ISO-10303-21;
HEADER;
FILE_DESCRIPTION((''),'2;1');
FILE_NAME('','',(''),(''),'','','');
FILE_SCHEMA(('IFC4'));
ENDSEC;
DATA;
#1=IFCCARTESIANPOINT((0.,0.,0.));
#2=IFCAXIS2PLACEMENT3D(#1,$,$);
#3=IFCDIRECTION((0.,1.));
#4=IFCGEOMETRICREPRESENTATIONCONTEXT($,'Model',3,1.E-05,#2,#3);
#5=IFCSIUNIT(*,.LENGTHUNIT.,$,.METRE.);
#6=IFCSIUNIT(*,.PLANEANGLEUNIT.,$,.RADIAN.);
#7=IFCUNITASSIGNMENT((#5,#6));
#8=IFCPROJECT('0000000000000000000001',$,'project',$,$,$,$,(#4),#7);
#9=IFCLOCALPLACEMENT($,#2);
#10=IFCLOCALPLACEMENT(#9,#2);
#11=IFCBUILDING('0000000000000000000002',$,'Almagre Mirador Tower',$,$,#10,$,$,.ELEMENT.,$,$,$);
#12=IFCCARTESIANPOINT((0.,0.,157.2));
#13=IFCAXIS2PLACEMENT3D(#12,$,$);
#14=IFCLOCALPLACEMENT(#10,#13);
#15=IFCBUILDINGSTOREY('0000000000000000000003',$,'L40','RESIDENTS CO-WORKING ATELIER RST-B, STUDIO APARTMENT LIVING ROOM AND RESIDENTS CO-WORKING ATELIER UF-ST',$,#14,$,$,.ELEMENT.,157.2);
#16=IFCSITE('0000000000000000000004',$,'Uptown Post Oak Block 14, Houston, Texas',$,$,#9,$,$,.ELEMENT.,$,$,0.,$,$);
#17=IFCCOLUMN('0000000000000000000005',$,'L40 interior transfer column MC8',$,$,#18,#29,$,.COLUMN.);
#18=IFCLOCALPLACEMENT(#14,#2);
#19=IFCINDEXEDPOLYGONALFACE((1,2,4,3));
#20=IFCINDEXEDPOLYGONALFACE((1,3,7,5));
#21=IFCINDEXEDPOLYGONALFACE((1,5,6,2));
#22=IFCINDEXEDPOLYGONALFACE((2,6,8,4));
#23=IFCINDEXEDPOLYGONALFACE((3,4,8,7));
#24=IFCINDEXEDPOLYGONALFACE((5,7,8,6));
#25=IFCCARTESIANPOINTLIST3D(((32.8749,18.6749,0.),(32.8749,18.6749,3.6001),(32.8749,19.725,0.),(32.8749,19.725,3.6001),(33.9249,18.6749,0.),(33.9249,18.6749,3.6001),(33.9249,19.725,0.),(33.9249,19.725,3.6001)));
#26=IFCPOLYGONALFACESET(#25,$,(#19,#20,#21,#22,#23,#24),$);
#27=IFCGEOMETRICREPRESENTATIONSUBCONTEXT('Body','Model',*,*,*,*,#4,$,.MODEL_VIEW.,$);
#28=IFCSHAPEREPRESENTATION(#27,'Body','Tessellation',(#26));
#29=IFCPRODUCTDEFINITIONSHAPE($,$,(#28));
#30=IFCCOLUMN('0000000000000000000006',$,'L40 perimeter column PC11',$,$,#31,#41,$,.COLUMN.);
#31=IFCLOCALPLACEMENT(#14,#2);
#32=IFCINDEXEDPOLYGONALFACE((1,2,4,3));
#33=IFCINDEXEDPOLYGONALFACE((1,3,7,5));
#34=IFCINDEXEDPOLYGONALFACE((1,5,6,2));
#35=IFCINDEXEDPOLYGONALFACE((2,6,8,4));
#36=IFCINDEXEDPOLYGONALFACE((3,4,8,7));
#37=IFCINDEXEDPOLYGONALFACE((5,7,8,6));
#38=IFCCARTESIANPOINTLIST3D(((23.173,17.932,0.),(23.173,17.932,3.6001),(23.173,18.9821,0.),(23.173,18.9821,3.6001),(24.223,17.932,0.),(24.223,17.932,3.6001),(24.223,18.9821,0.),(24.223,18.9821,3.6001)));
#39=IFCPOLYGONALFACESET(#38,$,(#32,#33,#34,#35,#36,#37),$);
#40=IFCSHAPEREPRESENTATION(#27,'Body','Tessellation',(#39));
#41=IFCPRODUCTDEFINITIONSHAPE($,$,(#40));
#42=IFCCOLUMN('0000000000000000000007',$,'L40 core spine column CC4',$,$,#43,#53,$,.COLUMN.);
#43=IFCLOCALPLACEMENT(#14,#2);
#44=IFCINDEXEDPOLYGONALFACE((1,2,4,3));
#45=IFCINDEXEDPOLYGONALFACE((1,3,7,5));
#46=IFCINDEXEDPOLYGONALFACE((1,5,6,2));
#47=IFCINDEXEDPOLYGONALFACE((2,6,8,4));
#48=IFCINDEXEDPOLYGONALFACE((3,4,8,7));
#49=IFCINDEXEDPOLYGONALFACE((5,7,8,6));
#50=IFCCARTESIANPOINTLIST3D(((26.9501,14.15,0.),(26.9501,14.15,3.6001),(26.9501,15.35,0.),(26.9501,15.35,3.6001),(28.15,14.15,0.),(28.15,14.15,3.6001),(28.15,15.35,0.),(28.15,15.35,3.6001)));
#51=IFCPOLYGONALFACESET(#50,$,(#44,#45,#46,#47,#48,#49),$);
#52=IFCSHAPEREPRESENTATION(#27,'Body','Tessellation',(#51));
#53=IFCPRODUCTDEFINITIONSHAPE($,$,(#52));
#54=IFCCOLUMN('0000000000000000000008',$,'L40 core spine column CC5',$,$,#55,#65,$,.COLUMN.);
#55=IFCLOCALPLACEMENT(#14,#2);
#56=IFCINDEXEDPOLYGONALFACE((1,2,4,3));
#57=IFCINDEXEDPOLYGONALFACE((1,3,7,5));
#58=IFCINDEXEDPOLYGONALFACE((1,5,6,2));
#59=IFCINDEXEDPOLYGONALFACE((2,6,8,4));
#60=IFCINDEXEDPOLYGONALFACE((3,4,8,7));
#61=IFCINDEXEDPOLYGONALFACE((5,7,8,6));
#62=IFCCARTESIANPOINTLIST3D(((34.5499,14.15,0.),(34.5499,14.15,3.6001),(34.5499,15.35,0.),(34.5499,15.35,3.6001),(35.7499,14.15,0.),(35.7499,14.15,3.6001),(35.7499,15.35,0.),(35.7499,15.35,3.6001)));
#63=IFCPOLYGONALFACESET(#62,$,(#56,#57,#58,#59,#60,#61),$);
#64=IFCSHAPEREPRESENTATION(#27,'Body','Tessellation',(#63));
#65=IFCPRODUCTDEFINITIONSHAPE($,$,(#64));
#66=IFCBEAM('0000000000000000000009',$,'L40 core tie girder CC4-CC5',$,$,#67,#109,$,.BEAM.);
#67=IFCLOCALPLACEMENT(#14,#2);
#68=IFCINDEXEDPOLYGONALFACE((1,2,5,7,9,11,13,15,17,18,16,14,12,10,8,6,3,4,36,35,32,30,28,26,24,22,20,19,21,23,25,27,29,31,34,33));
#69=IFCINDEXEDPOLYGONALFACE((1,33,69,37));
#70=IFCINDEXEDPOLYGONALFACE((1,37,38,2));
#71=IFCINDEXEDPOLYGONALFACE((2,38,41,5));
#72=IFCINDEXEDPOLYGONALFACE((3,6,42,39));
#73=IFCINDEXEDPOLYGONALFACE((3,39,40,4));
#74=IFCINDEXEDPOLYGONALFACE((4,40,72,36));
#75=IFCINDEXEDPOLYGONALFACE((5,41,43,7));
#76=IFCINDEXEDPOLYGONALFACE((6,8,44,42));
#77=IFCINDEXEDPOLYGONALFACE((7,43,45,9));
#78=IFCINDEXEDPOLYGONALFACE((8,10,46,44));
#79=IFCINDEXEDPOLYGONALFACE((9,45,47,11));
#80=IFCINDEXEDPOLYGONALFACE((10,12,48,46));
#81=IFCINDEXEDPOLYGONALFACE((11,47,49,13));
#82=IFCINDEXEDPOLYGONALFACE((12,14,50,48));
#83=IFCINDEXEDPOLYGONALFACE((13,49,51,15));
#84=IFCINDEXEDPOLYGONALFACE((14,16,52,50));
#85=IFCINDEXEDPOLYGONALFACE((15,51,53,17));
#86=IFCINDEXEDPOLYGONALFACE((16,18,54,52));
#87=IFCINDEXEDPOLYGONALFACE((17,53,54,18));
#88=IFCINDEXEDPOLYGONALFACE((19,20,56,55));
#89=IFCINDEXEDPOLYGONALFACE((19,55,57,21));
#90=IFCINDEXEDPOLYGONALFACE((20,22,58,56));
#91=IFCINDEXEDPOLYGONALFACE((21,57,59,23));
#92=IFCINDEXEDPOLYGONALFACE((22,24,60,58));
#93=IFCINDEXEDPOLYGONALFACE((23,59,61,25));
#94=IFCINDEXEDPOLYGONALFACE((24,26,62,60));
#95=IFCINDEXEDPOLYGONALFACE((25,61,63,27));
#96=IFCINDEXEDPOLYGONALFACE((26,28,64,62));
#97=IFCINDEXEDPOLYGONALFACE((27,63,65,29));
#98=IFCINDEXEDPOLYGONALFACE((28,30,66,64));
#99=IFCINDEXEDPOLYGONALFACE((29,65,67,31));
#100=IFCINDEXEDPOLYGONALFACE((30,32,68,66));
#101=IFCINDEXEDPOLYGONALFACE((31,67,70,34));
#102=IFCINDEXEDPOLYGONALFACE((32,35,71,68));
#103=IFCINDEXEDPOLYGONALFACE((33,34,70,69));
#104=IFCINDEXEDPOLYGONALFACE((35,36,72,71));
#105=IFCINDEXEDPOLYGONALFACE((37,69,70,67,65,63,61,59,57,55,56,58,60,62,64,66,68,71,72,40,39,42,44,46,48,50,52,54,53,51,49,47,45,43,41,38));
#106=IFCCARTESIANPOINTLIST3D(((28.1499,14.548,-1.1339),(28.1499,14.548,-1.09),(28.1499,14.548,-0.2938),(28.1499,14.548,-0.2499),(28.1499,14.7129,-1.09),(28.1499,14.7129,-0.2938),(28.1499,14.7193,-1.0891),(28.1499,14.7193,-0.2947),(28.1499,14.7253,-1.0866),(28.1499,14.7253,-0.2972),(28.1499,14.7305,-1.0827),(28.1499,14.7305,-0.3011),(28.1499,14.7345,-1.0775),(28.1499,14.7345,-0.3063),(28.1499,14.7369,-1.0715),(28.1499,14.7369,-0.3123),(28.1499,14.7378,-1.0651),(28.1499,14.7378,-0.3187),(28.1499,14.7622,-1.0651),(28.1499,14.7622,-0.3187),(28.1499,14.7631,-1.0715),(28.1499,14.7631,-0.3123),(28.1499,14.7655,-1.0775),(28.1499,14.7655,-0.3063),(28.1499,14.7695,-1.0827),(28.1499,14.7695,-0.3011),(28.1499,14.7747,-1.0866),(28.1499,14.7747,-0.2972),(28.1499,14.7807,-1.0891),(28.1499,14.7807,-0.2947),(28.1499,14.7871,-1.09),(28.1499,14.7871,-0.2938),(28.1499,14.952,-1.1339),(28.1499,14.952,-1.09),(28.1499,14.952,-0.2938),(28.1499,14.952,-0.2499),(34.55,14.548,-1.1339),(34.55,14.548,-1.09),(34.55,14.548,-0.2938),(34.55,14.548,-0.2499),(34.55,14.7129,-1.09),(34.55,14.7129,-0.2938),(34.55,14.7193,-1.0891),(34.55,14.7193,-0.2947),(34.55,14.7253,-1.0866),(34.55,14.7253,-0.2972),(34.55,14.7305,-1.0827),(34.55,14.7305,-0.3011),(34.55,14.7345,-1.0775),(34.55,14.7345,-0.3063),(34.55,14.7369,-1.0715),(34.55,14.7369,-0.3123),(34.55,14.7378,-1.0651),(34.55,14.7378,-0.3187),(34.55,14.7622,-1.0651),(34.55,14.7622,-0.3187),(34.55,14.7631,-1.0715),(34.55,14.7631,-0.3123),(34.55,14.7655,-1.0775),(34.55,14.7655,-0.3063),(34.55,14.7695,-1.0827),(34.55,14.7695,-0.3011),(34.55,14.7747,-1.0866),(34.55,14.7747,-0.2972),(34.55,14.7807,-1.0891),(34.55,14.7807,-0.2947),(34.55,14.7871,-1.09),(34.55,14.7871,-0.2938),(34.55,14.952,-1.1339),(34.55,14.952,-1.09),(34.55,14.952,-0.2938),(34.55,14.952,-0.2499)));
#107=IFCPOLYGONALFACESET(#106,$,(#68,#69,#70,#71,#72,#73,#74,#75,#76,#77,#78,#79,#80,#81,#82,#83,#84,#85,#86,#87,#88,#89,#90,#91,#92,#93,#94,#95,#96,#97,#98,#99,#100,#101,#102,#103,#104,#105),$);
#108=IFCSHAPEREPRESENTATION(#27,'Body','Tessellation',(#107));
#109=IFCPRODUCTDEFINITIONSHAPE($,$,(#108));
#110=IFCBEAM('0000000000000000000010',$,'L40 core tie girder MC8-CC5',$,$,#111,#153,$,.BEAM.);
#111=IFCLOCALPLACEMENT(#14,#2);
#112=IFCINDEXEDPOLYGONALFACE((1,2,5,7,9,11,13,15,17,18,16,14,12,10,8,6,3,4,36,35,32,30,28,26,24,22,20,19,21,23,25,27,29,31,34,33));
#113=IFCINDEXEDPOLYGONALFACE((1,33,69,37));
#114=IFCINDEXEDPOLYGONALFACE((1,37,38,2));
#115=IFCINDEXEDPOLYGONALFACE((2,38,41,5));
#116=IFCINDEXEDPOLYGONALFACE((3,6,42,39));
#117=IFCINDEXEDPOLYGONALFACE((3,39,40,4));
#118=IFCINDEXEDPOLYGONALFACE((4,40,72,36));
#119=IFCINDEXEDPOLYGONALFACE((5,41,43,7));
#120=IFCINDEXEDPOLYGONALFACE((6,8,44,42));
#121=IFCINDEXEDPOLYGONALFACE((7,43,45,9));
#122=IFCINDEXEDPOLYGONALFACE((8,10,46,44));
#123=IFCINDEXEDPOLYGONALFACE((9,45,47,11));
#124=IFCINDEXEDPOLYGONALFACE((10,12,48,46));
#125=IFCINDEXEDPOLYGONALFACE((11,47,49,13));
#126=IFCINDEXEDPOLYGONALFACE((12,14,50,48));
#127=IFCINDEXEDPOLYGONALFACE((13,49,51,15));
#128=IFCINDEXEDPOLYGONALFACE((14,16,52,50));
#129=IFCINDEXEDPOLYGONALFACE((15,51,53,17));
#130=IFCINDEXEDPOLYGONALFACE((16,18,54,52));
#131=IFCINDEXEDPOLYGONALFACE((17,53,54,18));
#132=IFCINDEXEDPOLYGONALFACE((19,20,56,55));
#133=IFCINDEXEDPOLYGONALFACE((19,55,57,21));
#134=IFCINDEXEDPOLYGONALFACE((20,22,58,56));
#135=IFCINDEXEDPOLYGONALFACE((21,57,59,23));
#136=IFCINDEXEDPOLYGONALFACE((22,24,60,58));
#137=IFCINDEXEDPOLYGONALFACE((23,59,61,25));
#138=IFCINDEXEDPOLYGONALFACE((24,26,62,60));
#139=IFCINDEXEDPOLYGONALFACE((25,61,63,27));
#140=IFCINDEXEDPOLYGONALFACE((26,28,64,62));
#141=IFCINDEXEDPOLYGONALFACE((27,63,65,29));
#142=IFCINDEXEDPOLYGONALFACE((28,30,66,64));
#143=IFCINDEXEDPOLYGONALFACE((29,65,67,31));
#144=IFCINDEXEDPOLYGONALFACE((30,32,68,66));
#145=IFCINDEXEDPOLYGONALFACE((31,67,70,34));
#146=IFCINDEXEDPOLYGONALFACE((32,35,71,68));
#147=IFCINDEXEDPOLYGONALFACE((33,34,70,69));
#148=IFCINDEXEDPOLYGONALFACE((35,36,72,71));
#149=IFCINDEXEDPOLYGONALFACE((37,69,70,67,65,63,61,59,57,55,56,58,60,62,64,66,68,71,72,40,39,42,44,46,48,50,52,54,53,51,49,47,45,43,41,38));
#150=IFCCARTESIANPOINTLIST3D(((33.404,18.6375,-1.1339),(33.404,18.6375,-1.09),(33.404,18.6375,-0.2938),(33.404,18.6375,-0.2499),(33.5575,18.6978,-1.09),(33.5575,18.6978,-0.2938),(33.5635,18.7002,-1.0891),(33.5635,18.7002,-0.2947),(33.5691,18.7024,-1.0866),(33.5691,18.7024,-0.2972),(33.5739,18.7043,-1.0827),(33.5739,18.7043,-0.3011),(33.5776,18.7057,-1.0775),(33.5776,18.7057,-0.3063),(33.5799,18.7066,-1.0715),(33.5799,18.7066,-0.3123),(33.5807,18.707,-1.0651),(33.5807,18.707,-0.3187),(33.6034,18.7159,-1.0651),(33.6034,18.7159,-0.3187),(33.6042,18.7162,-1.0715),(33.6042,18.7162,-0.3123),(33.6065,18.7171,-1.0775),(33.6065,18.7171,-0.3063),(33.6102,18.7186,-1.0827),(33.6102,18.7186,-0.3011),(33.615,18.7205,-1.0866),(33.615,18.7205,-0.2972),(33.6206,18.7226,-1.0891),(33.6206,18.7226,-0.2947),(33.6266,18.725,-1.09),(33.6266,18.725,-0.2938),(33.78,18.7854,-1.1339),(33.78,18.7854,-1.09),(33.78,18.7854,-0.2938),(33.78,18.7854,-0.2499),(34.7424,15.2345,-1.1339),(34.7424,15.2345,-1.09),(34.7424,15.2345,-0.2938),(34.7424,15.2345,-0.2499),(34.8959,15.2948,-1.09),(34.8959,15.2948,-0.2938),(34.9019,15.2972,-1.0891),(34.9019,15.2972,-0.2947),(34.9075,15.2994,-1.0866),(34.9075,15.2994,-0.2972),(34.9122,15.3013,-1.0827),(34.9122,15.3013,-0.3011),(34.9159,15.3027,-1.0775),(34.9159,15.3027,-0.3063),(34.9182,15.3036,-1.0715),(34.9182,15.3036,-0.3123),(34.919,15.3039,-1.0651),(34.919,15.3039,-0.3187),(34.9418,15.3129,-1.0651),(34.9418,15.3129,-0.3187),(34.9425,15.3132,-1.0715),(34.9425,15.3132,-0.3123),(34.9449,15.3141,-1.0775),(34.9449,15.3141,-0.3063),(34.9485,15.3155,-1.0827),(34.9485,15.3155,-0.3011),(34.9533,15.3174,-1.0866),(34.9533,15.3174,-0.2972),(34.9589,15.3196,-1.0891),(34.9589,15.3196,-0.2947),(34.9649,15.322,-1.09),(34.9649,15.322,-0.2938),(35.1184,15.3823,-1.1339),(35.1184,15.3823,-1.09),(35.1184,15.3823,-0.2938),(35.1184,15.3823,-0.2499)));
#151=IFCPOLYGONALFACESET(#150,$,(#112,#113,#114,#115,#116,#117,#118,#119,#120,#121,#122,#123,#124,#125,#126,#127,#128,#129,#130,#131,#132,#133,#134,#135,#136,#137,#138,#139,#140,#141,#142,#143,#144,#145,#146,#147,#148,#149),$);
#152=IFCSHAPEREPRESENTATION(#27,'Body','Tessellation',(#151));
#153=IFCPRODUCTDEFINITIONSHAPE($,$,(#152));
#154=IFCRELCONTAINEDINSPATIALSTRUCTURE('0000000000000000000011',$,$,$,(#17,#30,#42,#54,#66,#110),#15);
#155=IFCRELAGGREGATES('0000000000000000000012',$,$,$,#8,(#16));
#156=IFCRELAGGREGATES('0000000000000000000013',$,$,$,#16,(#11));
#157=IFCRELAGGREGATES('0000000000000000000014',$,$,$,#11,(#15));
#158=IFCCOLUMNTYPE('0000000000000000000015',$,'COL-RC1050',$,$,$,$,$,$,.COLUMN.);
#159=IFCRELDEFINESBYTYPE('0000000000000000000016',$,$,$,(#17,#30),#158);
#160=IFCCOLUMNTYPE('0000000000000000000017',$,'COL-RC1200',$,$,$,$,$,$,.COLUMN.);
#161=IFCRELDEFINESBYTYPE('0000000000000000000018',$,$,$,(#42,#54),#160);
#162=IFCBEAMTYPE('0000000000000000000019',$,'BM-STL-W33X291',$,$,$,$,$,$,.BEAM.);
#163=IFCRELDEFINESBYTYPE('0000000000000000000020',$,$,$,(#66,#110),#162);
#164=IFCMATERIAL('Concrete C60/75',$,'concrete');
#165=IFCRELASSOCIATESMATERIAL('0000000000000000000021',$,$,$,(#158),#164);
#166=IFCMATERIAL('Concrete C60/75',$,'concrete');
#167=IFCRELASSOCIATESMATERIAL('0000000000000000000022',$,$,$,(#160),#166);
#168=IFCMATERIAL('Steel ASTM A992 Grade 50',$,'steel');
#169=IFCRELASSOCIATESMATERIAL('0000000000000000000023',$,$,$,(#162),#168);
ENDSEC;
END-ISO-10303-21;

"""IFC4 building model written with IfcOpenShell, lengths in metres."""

from ifc_helpers import new_model, si_unit, direction, frame, origin, origin_2d, place, context, subcontext, project, spatial, rectangle, i_section, extrude, material, material_profile, profile_set, type_object, element, save


model = new_model("IFC4")

# Units and contexts
model_context = context("Model", 3, precision=1e-05, world=origin(), true_north=direction((0.0, 1.0)))
body_context = subcontext(model_context, "Body", "Model", "MODEL_VIEW")
ifc_project = project(units=[si_unit("LENGTHUNIT", "METRE"), si_unit("PLANEANGLEUNIT", "RADIAN")], contexts=[model_context])

# Site, building, storey
site_placement = place(None, origin())
site = spatial("IfcSite", under=ifc_project, at=site_placement, Name="Uptown Post Oak Block 14, Houston, Texas", CompositionType="ELEMENT", RefElevation=0.0)
building_placement = place(site_placement, origin())
building = spatial("IfcBuilding", under=site, at=building_placement, Name="Almagre Mirador Tower", CompositionType="ELEMENT")
storey_placement = place(building_placement, frame((0.0, 0.0, 157.2)))
storey = spatial("IfcBuildingStorey", under=building, at=storey_placement, Name="L40", Description="RESIDENTS CO-WORKING ATELIER RST-B, STUDIO APARTMENT LIVING ROOM AND RESIDENTS CO-WORKING ATELIER UF-ST", CompositionType="ELEMENT", Elevation=157.2)

# Columns
ifc_material_1 = material(Name="Concrete C60/75", Category="concrete")
ifc_material_profile_1 = material_profile(ifc_material_1, rectangle(XDim=1.05, YDim=1.05, at=origin_2d()), Name="RC1050X1050")
ifc_profile_set_1 = profile_set([ifc_material_profile_1], Name="Concrete C60/75")
column_type_1 = type_object("IfcColumnType", Name="COL-RC1050", PredefinedType="COLUMN", material=ifc_profile_set_1)
for number, where, z_axis, x_axis, name in (
    (1, (33.3999, 19.2, 0.0), (0.0, 0.0, 1.0), (1.0, 0.0, 0.0), "L40 interior transfer column MC8"),
    (2, (23.698, 18.457, 0.0), (0.0, 0.0, 1.0), (1.0, 0.0, 0.0), "L40 perimeter column PC11"),
):
    element("IfcColumn", number, at=place(storey_placement, frame(where, z_axis=z_axis, x_axis=x_axis)), inside=storey, type_object=column_type_1, Name=name, PredefinedType="COLUMN", context=body_context, shape_type="SweptSolid", body=[
        extrude(rectangle(XDim=1.05, YDim=1.05, at=origin_2d()), origin(), (0.0, 0.0, 1.0), 3.6001),
    ])
ifc_material_2 = material(Name="Concrete C60/75", Category="concrete")
ifc_material_profile_2 = material_profile(ifc_material_2, rectangle(XDim=1.2, YDim=1.2, at=origin_2d()), Name="RC1200X1200")
ifc_profile_set_2 = profile_set([ifc_material_profile_2], Name="Concrete C60/75")
column_type_2 = type_object("IfcColumnType", Name="COL-RC1200", PredefinedType="COLUMN", material=ifc_profile_set_2)
for number, where, z_axis, x_axis, name in (
    (3, (27.55, 14.75, 0.0), (0.0, 0.0, 1.0), (1.0, 0.0, 0.0), "L40 core spine column CC4"),
    (4, (35.1499, 14.75, 0.0), (0.0, 0.0, 1.0), (1.0, 0.0, 0.0), "L40 core spine column CC5"),
):
    element("IfcColumn", number, at=place(storey_placement, frame(where, z_axis=z_axis, x_axis=x_axis)), inside=storey, type_object=column_type_2, Name=name, PredefinedType="COLUMN", context=body_context, shape_type="SweptSolid", body=[
        extrude(rectangle(XDim=1.2, YDim=1.2, at=origin_2d()), origin(), (0.0, 0.0, 1.0), 3.6001),
    ])

# Beams
ifc_material_3 = material(Name="Steel ASTM A992 Grade 50", Category="steel")
ifc_material_profile_3 = material_profile(ifc_material_3, i_section(OverallWidth=0.4041, OverallDepth=0.884, WebThickness=0.0244, FlangeThickness=0.0439, FilletRadius=0.0249, at=origin_2d()), Name="W33X291")
ifc_profile_set_3 = profile_set([ifc_material_profile_3], Name="Steel ASTM A992 Grade 50")
beam_type_1 = type_object("IfcBeamType", Name="BM-STL-W33X291", PredefinedType="BEAM", material=ifc_profile_set_3)
beam_1_placement = place(storey_placement, frame((28.1499, 14.75, -0.6919), z_axis=(1.0, 0.0, 0.0), x_axis=(0.0, 1.0, 0.0)))
element("IfcBeam", 5, at=beam_1_placement, inside=storey, type_object=beam_type_1, Name="L40 core tie girder CC4-CC5", PredefinedType="BEAM", context=body_context, shape_type="SweptSolid", body=[
    extrude(i_section(OverallWidth=0.4041, OverallDepth=0.884, WebThickness=0.0244, FlangeThickness=0.0439, FilletRadius=0.0249, at=origin_2d()), origin(), (0.0, 0.0, 1.0), 6.4001),
])
beam_2_placement = place(storey_placement, frame((33.592, 18.7114, -0.6919), z_axis=(0.365997, -0.930616, 0.0), x_axis=(0.930616, 0.365997, 0.0)))
element("IfcBeam", 6, at=beam_2_placement, inside=storey, type_object=beam_type_1, Name="L40 core tie girder MC8-CC5", PredefinedType="BEAM", context=body_context, shape_type="SweptSolid", body=[
    extrude(i_section(OverallWidth=0.4041, OverallDepth=0.884, WebThickness=0.0244, FlangeThickness=0.0439, FilletRadius=0.0249, at=origin_2d()), origin(), (0.0, 0.0, 1.0), 3.6567),
])

save(model, "model.ifc")
